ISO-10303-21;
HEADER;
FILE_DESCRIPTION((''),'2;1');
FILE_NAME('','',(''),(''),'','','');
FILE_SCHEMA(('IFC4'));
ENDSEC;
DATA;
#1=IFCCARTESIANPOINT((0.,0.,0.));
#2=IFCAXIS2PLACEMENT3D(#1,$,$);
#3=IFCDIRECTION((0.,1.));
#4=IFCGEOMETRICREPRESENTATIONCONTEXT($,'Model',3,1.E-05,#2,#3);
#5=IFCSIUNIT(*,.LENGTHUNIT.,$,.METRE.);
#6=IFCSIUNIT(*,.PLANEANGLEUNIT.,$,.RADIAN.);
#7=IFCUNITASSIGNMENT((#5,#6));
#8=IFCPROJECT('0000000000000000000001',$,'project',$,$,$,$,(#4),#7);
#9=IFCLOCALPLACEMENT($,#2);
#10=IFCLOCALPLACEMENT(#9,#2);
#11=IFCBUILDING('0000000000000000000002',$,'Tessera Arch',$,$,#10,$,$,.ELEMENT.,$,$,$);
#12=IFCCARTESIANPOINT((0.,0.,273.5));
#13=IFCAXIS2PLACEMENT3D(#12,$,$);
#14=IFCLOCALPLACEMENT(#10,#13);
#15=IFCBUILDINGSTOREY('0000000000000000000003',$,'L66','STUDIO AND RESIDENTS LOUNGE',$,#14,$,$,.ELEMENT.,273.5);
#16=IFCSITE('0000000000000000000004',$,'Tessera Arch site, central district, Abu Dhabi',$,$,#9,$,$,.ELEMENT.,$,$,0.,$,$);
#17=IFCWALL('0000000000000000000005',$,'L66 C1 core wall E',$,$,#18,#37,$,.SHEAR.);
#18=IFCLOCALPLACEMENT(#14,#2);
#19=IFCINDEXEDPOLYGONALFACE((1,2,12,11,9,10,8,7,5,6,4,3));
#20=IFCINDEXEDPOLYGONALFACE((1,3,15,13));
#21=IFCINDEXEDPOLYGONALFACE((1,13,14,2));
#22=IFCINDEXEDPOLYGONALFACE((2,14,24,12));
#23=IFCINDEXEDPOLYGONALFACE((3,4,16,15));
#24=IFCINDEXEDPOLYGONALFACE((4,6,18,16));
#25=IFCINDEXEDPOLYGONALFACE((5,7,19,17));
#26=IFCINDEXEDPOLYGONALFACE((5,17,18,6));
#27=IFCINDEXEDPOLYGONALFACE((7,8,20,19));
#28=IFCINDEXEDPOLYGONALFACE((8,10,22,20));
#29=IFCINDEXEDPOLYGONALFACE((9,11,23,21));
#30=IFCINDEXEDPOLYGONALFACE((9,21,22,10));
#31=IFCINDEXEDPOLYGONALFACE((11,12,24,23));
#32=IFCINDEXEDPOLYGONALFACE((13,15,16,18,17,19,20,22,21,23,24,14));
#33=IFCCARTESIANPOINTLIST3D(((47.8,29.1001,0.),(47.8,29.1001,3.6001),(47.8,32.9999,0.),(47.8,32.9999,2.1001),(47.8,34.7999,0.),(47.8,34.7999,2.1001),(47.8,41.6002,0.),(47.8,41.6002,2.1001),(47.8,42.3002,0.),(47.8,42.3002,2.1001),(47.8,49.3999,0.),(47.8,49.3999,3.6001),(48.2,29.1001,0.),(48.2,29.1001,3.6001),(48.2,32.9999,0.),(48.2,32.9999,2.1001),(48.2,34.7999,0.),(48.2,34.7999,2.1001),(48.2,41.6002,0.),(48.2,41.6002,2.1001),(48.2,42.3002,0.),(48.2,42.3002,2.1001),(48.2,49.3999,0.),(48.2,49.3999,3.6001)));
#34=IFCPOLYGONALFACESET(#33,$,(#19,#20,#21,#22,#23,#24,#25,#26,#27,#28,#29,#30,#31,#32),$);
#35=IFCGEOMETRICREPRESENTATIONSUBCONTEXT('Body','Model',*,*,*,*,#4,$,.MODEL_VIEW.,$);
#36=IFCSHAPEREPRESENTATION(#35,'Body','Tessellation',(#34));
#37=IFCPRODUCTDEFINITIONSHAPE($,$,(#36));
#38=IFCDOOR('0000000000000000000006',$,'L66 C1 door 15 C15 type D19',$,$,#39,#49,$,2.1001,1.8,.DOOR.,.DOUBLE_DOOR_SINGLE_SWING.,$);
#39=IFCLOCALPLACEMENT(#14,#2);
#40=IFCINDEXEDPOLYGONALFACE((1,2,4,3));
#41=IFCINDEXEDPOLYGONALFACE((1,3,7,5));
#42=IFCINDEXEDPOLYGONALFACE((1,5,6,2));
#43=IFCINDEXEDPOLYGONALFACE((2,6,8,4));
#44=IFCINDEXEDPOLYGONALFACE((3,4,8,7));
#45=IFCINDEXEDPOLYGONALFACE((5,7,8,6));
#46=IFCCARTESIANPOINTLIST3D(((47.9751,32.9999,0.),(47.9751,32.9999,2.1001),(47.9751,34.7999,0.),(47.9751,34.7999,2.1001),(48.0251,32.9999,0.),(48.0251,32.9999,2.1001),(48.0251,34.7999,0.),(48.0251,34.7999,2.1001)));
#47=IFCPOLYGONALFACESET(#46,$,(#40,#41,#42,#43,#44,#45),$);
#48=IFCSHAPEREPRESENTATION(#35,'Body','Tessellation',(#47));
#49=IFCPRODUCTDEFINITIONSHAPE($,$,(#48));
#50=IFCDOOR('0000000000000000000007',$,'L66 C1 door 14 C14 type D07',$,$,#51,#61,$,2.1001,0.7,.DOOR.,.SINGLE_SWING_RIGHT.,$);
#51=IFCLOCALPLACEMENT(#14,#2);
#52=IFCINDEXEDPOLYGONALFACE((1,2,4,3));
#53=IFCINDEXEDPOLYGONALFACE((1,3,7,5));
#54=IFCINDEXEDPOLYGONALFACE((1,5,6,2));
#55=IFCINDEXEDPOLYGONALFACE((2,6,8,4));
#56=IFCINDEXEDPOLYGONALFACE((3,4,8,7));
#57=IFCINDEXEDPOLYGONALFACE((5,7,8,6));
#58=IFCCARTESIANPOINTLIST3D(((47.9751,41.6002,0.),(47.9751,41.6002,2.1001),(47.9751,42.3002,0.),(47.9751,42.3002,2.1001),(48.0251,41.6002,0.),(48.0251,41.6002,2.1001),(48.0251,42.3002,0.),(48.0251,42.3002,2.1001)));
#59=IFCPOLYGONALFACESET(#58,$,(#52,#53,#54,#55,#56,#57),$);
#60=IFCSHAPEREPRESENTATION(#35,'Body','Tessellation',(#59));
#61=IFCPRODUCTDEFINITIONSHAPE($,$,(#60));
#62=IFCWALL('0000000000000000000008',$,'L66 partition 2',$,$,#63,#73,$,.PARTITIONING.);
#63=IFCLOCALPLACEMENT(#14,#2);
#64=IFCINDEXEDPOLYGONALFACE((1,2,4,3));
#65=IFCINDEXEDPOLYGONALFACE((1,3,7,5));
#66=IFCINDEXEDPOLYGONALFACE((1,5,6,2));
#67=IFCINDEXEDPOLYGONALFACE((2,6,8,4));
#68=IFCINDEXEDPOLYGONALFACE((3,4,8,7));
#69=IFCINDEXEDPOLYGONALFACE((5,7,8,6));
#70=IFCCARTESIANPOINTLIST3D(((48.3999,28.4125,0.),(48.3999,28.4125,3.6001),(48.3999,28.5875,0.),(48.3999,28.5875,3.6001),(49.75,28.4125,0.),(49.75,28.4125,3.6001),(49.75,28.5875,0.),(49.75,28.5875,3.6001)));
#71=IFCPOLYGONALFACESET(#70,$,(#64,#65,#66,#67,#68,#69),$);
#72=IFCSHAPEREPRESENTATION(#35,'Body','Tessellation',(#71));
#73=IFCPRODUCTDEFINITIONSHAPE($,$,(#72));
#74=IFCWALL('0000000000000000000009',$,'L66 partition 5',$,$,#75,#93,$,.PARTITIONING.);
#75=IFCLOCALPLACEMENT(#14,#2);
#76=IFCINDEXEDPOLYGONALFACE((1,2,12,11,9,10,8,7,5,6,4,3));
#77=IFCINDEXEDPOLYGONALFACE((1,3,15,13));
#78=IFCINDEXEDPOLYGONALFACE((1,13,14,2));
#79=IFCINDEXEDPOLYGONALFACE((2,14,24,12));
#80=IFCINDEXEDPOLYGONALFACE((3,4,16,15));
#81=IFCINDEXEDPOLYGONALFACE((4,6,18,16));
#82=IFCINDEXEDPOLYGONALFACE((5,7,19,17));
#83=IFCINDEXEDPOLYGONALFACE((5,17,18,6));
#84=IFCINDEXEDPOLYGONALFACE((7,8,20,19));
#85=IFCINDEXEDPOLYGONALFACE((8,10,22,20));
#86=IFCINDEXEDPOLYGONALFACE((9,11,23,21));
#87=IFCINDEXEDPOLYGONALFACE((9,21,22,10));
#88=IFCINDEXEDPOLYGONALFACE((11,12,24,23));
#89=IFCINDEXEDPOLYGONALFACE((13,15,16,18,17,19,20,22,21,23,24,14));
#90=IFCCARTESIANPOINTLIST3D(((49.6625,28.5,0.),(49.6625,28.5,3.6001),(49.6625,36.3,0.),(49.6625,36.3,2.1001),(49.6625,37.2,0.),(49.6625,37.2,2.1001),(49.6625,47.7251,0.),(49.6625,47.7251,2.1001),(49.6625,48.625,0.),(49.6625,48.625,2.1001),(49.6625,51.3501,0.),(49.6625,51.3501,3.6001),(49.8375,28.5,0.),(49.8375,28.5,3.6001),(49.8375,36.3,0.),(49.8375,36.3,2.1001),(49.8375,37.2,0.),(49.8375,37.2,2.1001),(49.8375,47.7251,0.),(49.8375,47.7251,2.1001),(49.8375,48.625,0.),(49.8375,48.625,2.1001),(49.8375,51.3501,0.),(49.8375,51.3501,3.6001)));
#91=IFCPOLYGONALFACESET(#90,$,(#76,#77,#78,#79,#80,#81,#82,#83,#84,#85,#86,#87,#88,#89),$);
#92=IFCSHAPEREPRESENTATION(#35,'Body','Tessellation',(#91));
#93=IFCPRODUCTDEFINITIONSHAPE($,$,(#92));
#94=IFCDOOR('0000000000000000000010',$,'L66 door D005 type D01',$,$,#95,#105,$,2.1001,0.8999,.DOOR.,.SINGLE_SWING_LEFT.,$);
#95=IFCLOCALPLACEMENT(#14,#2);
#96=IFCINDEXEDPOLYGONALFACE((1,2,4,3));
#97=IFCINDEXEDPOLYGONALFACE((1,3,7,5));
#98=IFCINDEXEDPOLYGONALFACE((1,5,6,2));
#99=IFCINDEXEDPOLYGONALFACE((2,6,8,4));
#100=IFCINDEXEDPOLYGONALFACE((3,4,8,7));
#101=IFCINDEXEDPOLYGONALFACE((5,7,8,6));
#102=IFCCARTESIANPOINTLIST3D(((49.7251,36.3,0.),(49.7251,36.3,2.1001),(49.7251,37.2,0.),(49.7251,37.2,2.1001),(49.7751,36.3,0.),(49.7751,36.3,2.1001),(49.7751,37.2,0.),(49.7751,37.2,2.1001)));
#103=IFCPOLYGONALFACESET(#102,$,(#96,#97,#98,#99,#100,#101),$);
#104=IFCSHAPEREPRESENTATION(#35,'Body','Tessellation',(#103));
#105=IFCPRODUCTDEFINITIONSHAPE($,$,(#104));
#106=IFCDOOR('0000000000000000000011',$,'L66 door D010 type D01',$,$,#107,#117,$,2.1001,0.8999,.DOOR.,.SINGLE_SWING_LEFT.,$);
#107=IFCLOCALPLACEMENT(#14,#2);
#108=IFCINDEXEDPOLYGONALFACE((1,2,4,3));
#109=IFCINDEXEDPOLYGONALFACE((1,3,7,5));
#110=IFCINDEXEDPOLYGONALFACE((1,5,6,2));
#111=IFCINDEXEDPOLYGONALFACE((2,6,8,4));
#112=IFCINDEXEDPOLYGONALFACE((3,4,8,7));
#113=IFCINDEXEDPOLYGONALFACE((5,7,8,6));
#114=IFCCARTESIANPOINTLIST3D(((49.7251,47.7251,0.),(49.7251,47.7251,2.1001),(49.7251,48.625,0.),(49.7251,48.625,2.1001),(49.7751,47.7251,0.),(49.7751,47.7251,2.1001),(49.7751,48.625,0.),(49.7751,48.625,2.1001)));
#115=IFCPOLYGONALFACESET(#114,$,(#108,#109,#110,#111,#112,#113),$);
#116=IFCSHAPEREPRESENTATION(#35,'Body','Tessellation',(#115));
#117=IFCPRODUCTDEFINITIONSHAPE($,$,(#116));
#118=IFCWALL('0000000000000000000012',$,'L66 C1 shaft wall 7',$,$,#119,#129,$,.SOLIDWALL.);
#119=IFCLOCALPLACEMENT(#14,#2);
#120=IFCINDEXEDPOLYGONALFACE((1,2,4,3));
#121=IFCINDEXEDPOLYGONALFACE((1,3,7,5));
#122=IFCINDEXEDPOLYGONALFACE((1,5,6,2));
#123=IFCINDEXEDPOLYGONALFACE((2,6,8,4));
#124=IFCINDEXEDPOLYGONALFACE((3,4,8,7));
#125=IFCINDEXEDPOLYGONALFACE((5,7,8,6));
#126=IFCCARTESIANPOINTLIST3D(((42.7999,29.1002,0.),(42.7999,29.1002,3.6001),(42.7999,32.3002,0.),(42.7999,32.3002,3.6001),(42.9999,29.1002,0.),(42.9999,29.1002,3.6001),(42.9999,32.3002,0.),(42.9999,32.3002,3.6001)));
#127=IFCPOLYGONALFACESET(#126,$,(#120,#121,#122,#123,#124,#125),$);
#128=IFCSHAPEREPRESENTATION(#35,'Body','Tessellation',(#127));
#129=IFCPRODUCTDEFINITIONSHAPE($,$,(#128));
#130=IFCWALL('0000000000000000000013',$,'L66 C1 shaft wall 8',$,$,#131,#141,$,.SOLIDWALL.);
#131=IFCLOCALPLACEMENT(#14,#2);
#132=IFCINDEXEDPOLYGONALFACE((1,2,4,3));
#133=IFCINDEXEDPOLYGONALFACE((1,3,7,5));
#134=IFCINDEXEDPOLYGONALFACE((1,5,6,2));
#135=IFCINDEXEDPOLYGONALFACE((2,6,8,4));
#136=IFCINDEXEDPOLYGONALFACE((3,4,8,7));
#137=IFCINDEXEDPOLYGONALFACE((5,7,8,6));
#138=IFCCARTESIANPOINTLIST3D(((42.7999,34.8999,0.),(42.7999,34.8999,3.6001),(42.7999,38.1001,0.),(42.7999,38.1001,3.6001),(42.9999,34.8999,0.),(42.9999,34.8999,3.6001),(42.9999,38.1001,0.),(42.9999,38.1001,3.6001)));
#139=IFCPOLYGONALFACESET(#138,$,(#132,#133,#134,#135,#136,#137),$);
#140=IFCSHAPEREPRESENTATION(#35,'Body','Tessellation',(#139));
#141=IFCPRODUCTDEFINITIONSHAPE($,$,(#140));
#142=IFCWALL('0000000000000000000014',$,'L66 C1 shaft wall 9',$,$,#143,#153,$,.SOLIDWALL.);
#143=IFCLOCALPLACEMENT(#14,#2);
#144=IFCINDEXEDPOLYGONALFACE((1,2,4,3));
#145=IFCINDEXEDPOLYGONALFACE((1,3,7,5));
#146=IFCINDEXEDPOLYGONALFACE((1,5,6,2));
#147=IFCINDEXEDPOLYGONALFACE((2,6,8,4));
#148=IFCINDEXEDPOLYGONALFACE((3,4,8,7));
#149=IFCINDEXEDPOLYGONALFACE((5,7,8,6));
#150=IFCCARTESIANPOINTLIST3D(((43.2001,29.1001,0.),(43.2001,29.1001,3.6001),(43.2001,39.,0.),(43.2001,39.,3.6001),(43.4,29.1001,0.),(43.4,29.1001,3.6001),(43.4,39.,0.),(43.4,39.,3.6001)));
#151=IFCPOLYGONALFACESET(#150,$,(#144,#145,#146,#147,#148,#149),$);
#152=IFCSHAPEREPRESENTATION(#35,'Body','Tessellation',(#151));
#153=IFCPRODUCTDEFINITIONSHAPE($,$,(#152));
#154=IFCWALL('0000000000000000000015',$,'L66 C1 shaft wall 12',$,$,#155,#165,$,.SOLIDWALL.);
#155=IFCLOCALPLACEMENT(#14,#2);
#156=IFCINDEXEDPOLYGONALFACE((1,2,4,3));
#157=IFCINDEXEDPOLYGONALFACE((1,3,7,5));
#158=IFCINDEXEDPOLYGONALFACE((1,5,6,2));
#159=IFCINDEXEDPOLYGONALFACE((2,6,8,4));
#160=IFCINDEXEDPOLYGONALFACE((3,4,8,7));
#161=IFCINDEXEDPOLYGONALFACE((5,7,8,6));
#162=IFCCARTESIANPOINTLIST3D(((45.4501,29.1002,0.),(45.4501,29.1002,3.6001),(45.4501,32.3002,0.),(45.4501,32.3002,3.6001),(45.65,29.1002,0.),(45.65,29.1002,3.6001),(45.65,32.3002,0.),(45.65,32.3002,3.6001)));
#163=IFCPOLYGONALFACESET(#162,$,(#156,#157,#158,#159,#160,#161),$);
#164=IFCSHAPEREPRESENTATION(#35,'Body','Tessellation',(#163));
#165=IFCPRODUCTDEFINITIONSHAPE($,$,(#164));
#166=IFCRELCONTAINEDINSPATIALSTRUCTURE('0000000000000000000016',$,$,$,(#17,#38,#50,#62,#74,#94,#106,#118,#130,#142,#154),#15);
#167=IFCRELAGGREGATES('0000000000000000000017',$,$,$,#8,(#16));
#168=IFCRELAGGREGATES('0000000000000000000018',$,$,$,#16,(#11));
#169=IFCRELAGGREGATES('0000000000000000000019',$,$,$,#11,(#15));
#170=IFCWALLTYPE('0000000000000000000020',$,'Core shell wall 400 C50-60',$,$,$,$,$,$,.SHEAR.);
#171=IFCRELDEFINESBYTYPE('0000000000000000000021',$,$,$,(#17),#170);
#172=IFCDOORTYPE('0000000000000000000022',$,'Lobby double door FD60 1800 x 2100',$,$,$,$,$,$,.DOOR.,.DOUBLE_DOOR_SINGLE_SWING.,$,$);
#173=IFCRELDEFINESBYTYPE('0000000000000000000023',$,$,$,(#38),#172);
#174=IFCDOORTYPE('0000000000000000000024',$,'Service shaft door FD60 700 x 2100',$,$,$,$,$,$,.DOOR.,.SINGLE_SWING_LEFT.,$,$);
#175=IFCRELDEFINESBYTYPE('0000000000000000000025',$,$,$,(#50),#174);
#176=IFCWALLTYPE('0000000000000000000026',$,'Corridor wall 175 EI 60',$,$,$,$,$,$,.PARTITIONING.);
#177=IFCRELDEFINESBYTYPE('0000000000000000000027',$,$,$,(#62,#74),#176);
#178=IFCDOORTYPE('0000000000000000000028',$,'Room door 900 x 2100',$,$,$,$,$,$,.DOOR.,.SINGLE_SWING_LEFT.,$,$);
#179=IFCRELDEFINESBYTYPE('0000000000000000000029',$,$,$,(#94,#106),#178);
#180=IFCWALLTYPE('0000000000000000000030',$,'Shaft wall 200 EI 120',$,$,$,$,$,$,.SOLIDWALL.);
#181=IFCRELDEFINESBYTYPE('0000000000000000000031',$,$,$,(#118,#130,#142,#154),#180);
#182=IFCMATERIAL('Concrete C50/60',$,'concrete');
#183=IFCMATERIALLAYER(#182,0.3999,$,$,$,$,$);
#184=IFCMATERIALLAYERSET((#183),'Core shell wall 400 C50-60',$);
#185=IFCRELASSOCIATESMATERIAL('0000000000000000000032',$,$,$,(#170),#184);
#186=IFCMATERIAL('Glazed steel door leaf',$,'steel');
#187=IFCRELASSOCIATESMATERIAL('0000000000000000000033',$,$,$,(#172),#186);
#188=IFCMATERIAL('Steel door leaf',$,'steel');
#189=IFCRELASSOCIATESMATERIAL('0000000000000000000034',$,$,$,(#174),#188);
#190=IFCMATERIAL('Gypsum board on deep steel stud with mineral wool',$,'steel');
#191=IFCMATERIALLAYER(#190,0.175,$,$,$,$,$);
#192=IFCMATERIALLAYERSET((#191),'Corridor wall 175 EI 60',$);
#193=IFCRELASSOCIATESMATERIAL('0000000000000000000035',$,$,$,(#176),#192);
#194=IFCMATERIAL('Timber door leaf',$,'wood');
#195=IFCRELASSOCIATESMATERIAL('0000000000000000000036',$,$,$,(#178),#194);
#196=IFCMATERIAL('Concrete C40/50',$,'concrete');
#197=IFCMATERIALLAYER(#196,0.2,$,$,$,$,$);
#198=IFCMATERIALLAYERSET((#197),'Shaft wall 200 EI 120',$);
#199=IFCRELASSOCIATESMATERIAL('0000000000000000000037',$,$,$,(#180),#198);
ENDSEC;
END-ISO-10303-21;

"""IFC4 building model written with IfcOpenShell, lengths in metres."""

from ifc_helpers import new_model, si_unit, direction, frame, frame_2d, origin, place, context, subcontext, project, spatial, rectangle, extrude, material, layer, layer_set, type_object, element, fill, save


model = new_model("IFC4")

# Units and contexts
model_context = context("Model", 3, precision=1e-05, world=origin(), true_north=direction((0.0, 1.0)))
body_context = subcontext(model_context, "Body", "Model", "MODEL_VIEW")
ifc_project = project(units=[si_unit("LENGTHUNIT", "METRE"), si_unit("PLANEANGLEUNIT", "RADIAN")], contexts=[model_context])

# Site, building, storey
site_placement = place(None, origin())
site = spatial("IfcSite", under=ifc_project, at=site_placement, Name="Tessera Arch site, central district, Abu Dhabi", CompositionType="ELEMENT", RefElevation=0.0)
building_placement = place(site_placement, origin())
building = spatial("IfcBuilding", under=site, at=building_placement, Name="Tessera Arch", CompositionType="ELEMENT")
storey_placement = place(building_placement, frame((0.0, 0.0, 273.5)))
storey = spatial("IfcBuildingStorey", under=building, at=storey_placement, Name="L66", Description="STUDIO AND RESIDENTS LOUNGE", CompositionType="ELEMENT", Elevation=273.5)

# Wall, openings, doors
ifc_material_1 = material(Name="Concrete C50/60", Category="concrete")
ifc_layer_1 = layer(ifc_material_1, 0.3999)
ifc_layer_set_1 = layer_set([ifc_layer_1], Name="Core shell wall 400 C50-60")
wall_type_1 = type_object("IfcWallType", Name="Core shell wall 400 C50-60", PredefinedType="SHEAR", material=ifc_layer_set_1)
wall_1_placement = place(storey_placement, frame((48.0, 29.1001, 0.0), z_axis=(0.0, 0.0, 1.0), x_axis=(0.0, 1.0, 0.0)))
wall_1 = element("IfcWall", 1, at=wall_1_placement, inside=storey, type_object=wall_type_1, Name="L66 C1 core wall E", PredefinedType="SHEAR", context=body_context, shape_type="SweptSolid", body=[
    extrude(rectangle(XDim=20.2998, YDim=0.3999, at=frame_2d((10.1499, 0.0))), origin(), (0.0, 0.0, 1.0), 3.6001),
])
opening_1_placement = place(wall_1_placement, frame((12.5, 0.0, 0.0)))
opening_1 = element("IfcOpeningElement", 2, at=opening_1_placement, cuts=wall_1, PredefinedType="OPENING", context=body_context, shape_type="SweptSolid", body=[
    extrude(rectangle(XDim=0.7, YDim=2.1001, at=frame_2d((0.3501, 1.05))), frame((0.0, 0.21, 0.0), z_axis=(0.0, -1.0, 0.0), x_axis=(1.0, 0.0, 0.0)), (0.0, 0.0, 1.0), 0.4199),
])
opening_2_placement = place(wall_1_placement, frame((3.8999, 0.0, 0.0)))
opening_2 = element("IfcOpeningElement", 3, at=opening_2_placement, cuts=wall_1, PredefinedType="OPENING", context=body_context, shape_type="SweptSolid", body=[
    extrude(rectangle(XDim=1.8, YDim=2.1001, at=frame_2d((0.8999, 1.05))), frame((0.0, 0.21, 0.0), z_axis=(0.0, -1.0, 0.0), x_axis=(1.0, 0.0, 0.0)), (0.0, 0.0, 1.0), 0.4199),
])
ifc_material_2 = material(Name="Glazed steel door leaf", Category="steel")
door_type_1 = type_object("IfcDoorType", Name="Lobby double door FD60 1800 x 2100", OperationType="DOUBLE_DOOR_SINGLE_SWING", PredefinedType="DOOR", material=ifc_material_2)
door_1_placement = place(opening_2_placement, origin())
door_1 = element("IfcDoor", 4, at=door_1_placement, inside=storey, type_object=door_type_1, Name="L66 C1 door 15 C15 type D19", OperationType="DOUBLE_DOOR_SINGLE_SWING", OverallHeight=2.1001, OverallWidth=1.8, PredefinedType="DOOR", context=body_context, shape_type="SweptSolid", body=[
    extrude(rectangle(XDim=1.8, YDim=2.1001, at=frame_2d((0.8999, 1.05))), frame((0.0, 0.0249, 0.0), z_axis=(0.0, -1.0, 0.0), x_axis=(1.0, 0.0, 0.0)), (0.0, 0.0, 1.0), 0.05),
])
fill(opening_2, door_1)
ifc_material_3 = material(Name="Steel door leaf", Category="steel")
door_type_2 = type_object("IfcDoorType", Name="Service shaft door FD60 700 x 2100", OperationType="SINGLE_SWING_LEFT", PredefinedType="DOOR", material=ifc_material_3)
door_2_placement = place(opening_1_placement, origin())
door_2 = element("IfcDoor", 5, at=door_2_placement, inside=storey, type_object=door_type_2, Name="L66 C1 door 14 C14 type D07", OperationType="SINGLE_SWING_RIGHT", OverallHeight=2.1001, OverallWidth=0.7, PredefinedType="DOOR", context=body_context, shape_type="SweptSolid", body=[
    extrude(rectangle(XDim=0.7, YDim=2.1001, at=frame_2d((0.3501, 1.05))), frame((0.0, 0.0249, 0.0), z_axis=(0.0, -1.0, 0.0), x_axis=(1.0, 0.0, 0.0)), (0.0, 0.0, 1.0), 0.05),
])
fill(opening_1, door_2)

# Wall
ifc_material_4 = material(Name="Gypsum board on deep steel stud with mineral wool", Category="steel")
ifc_layer_2 = layer(ifc_material_4, 0.175)
ifc_layer_set_2 = layer_set([ifc_layer_2], Name="Corridor wall 175 EI 60")
wall_type_2 = type_object("IfcWallType", Name="Corridor wall 175 EI 60", PredefinedType="PARTITIONING", material=ifc_layer_set_2)
wall_2_placement = place(storey_placement, frame((48.3999, 28.5, 0.0), z_axis=(0.0, 0.0, 1.0), x_axis=(1.0, 0.0, 0.0)))
element("IfcWall", 6, at=wall_2_placement, inside=storey, type_object=wall_type_2, Name="L66 partition 2", PredefinedType="PARTITIONING", context=body_context, shape_type="SweptSolid", body=[
    extrude(rectangle(XDim=1.3501, YDim=0.175, at=frame_2d((0.675, 0.0))), origin(), (0.0, 0.0, 1.0), 3.6001),
])

# Wall, openings, doors
wall_3_placement = place(storey_placement, frame((49.75, 28.5, 0.0), z_axis=(0.0, 0.0, 1.0), x_axis=(0.0, 1.0, 0.0)))
wall_3 = element("IfcWall", 7, at=wall_3_placement, inside=storey, type_object=wall_type_2, Name="L66 partition 5", PredefinedType="PARTITIONING", context=body_context, shape_type="SweptSolid", body=[
    extrude(rectangle(XDim=22.8501, YDim=0.175, at=frame_2d((11.425, 0.0))), origin(), (0.0, 0.0, 1.0), 3.6001),
])
opening_3_placement = place(wall_3_placement, frame((7.8, 0.0, 0.0)))
opening_3 = element("IfcOpeningElement", 8, at=opening_3_placement, cuts=wall_3, PredefinedType="OPENING", context=body_context, shape_type="SweptSolid", body=[
    extrude(rectangle(XDim=0.8999, YDim=2.1001, at=frame_2d((0.45, 1.05))), frame((0.0, 0.0974, 0.0), z_axis=(0.0, -1.0, 0.0), x_axis=(1.0, 0.0, 0.0)), (0.0, 0.0, 1.0), 0.1951),
])
opening_4_placement = place(wall_3_placement, frame((19.2251, 0.0, 0.0)))
opening_4 = element("IfcOpeningElement", 9, at=opening_4_placement, cuts=wall_3, PredefinedType="OPENING", context=body_context, shape_type="SweptSolid", body=[
    extrude(rectangle(XDim=0.8999, YDim=2.1001, at=frame_2d((0.45, 1.05))), frame((0.0, 0.0974, 0.0), z_axis=(0.0, -1.0, 0.0), x_axis=(1.0, 0.0, 0.0)), (0.0, 0.0, 1.0), 0.1951),
])
ifc_material_5 = material(Name="Timber door leaf", Category="wood")
door_type_3 = type_object("IfcDoorType", Name="Room door 900 x 2100", OperationType="SINGLE_SWING_LEFT", PredefinedType="DOOR", material=ifc_material_5)
door_3_placement = place(opening_3_placement, origin())
door_3 = element("IfcDoor", 10, at=door_3_placement, inside=storey, type_object=door_type_3, Name="L66 door D005 type D01", OperationType="SINGLE_SWING_LEFT", OverallHeight=2.1001, OverallWidth=0.8999, PredefinedType="DOOR", context=body_context, shape_type="SweptSolid", body=[
    extrude(rectangle(XDim=0.8999, YDim=2.1001, at=frame_2d((0.45, 1.05))), frame((0.0, 0.0249, 0.0), z_axis=(0.0, -1.0, 0.0), x_axis=(1.0, 0.0, 0.0)), (0.0, 0.0, 1.0), 0.05),
])
fill(opening_3, door_3)
door_4_placement = place(opening_4_placement, origin())
door_4 = element("IfcDoor", 11, at=door_4_placement, inside=storey, type_object=door_type_3, Name="L66 door D010 type D01", OperationType="SINGLE_SWING_LEFT", OverallHeight=2.1001, OverallWidth=0.8999, PredefinedType="DOOR", context=body_context, shape_type="SweptSolid", body=[
    extrude(rectangle(XDim=0.8999, YDim=2.1001, at=frame_2d((0.45, 1.05))), frame((0.0, 0.0249, 0.0), z_axis=(0.0, -1.0, 0.0), x_axis=(1.0, 0.0, 0.0)), (0.0, 0.0, 1.0), 0.05),
])
fill(opening_4, door_4)

# Walls
ifc_material_6 = material(Name="Concrete C40/50", Category="concrete")
ifc_layer_3 = layer(ifc_material_6, 0.2)
ifc_layer_set_3 = layer_set([ifc_layer_3], Name="Shaft wall 200 EI 120")
wall_type_3 = type_object("IfcWallType", Name="Shaft wall 200 EI 120", PredefinedType="SOLIDWALL", material=ifc_layer_set_3)
wall_4_placement = place(storey_placement, frame((42.8999, 29.1001, 0.0), z_axis=(0.0, 0.0, 1.0), x_axis=(0.0, 1.0, 0.0)))
element("IfcWall", 12, at=wall_4_placement, inside=storey, type_object=wall_type_3, Name="L66 C1 shaft wall 7", PredefinedType="SOLIDWALL", context=body_context, shape_type="SweptSolid", body=[
    extrude(rectangle(XDim=3.2, YDim=0.2, at=frame_2d((1.6001, 0.0))), origin(), (0.0, 0.0, 1.0), 3.6001),
])
wall_5_placement = place(storey_placement, frame((42.8999, 34.8999, 0.0), z_axis=(0.0, 0.0, 1.0), x_axis=(0.0, 1.0, 0.0)))
element("IfcWall", 13, at=wall_5_placement, inside=storey, type_object=wall_type_3, Name="L66 C1 shaft wall 8", PredefinedType="SOLIDWALL", context=body_context, shape_type="SweptSolid", body=[
    extrude(rectangle(XDim=3.2002, YDim=0.2, at=frame_2d((1.6001, 0.0))), origin(), (0.0, 0.0, 1.0), 3.6001),
])
wall_6_placement = place(storey_placement, frame((43.3, 29.1001, 0.0), z_axis=(0.0, 0.0, 1.0), x_axis=(0.0, 1.0, 0.0)))
element("IfcWall", 14, at=wall_6_placement, inside=storey, type_object=wall_type_3, Name="L66 C1 shaft wall 9", PredefinedType="SOLIDWALL", context=body_context, shape_type="SweptSolid", body=[
    extrude(rectangle(XDim=9.8999, YDim=0.2, at=frame_2d((4.95, 0.0))), origin(), (0.0, 0.0, 1.0), 3.6001),
])
for number, where, z_axis, x_axis, name in (
    (15, (45.55, 29.1001, 0.0), (0.0, 0.0, 1.0), (0.0, 1.0, 0.0), "L66 C1 shaft wall 12"),
):
    element("IfcWall", number, at=place(storey_placement, frame(where, z_axis=z_axis, x_axis=x_axis)), inside=storey, type_object=wall_type_3, Name=name, PredefinedType="SOLIDWALL", context=body_context, shape_type="SweptSolid", body=[
        extrude(rectangle(XDim=3.2, YDim=0.2, at=frame_2d((1.6001, 0.0))), origin(), (0.0, 0.0, 1.0), 3.6001),
    ])

save(model, "model.ifc")
